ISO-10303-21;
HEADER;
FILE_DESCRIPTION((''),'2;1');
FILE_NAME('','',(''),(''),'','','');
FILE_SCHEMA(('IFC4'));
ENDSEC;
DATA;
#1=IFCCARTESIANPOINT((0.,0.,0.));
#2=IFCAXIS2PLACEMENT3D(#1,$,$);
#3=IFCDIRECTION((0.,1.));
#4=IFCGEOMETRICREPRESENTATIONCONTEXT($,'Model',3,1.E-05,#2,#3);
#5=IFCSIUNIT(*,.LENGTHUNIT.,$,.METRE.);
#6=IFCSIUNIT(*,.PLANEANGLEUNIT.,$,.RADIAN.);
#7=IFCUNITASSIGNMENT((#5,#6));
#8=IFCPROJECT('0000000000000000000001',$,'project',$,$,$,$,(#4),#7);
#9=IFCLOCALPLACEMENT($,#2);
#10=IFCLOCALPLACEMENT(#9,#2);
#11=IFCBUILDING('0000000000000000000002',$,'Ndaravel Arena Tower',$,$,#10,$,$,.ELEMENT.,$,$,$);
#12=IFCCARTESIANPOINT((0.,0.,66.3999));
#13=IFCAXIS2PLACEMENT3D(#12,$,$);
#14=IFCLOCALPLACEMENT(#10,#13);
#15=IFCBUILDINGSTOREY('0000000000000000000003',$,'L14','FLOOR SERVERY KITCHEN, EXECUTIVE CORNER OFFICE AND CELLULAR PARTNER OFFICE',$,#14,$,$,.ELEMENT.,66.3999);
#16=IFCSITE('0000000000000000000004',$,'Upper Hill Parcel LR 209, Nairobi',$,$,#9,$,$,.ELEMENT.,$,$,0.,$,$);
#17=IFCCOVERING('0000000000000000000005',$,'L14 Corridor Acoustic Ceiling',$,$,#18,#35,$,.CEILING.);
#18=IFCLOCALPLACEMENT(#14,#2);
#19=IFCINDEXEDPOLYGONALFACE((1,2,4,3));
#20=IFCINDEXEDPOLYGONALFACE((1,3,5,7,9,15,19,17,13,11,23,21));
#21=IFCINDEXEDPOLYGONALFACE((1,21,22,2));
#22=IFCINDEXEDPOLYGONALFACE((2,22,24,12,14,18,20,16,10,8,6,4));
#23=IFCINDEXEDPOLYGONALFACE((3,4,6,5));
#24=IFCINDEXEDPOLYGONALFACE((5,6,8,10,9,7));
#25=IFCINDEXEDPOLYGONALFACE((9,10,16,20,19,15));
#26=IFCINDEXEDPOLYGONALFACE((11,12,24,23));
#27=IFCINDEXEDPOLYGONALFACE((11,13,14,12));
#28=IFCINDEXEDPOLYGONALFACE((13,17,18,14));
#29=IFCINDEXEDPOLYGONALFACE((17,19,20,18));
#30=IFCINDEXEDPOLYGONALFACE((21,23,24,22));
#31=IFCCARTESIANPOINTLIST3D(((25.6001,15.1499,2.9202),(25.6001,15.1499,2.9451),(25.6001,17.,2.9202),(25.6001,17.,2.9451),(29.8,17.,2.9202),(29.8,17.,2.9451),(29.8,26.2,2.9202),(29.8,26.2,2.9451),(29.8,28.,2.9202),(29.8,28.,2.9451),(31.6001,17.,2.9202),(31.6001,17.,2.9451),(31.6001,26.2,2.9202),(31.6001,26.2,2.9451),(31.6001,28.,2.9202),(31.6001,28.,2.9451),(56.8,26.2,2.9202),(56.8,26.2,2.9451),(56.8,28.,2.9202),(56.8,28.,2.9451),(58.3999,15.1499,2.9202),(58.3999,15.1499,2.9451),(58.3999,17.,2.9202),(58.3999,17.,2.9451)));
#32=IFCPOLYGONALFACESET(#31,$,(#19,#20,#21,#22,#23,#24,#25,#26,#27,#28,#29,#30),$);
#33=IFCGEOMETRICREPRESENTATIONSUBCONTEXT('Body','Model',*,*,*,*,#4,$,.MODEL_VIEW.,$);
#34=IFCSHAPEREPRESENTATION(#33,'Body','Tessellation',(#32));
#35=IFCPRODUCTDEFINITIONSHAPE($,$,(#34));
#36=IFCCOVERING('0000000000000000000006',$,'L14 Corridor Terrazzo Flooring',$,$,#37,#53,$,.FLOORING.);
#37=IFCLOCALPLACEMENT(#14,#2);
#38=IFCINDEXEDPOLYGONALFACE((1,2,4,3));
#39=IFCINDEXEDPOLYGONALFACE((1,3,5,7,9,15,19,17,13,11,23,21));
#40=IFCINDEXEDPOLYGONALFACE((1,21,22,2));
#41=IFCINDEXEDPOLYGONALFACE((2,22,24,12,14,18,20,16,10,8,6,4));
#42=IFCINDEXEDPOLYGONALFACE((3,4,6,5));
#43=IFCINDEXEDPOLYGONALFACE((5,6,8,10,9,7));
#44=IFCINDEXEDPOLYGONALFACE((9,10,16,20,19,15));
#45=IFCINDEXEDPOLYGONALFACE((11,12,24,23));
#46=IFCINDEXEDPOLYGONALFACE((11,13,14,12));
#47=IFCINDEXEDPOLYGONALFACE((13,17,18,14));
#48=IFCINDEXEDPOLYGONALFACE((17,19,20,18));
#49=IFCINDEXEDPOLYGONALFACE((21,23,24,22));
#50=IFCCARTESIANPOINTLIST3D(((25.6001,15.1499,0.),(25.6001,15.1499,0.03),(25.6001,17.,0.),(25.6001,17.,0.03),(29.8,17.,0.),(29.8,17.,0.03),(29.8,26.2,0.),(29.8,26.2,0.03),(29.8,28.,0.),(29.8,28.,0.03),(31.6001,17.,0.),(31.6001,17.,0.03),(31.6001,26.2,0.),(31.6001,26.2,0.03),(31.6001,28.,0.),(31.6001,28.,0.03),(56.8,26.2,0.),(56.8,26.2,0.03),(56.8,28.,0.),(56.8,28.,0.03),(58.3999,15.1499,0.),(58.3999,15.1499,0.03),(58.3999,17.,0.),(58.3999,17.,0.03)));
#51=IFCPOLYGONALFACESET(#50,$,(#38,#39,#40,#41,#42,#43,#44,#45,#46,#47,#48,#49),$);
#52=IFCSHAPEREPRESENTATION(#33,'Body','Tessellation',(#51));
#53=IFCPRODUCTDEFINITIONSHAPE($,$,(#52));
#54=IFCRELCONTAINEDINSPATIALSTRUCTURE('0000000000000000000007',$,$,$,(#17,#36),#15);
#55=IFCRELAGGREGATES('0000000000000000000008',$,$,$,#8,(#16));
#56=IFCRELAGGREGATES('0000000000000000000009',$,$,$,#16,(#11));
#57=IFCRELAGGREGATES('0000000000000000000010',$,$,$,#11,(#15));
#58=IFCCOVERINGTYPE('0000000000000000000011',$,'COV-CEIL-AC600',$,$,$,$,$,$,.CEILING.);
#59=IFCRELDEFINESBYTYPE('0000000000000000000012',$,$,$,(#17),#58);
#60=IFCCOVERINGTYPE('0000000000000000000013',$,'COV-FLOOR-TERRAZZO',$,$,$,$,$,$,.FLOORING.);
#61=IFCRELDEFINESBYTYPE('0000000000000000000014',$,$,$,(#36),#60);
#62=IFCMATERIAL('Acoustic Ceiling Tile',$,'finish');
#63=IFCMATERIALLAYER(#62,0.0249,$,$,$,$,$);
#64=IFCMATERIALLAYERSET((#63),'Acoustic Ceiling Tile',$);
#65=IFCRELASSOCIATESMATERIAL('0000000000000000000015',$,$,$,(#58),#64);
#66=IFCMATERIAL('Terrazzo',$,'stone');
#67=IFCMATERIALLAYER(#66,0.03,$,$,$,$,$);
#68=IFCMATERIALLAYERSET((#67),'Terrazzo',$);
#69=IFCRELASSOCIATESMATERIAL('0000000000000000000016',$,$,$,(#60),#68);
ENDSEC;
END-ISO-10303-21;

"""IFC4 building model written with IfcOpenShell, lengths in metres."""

from ifc_helpers import new_model, si_unit, direction, frame, origin, place, context, subcontext, project, spatial, polyline, outline, extrude, material, layer, layer_set, type_object, element, save


model = new_model("IFC4")

# Units and contexts
model_context = context("Model", 3, precision=1e-05, world=origin(), true_north=direction((0.0, 1.0)))
body_context = subcontext(model_context, "Body", "Model", "MODEL_VIEW")
ifc_project = project(units=[si_unit("LENGTHUNIT", "METRE"), si_unit("PLANEANGLEUNIT", "RADIAN")], contexts=[model_context])

# Site, building, storey
site_placement = place(None, origin())
site = spatial("IfcSite", under=ifc_project, at=site_placement, Name="Upper Hill Parcel LR 209, Nairobi", CompositionType="ELEMENT", RefElevation=0.0)
building_placement = place(site_placement, origin())
building = spatial("IfcBuilding", under=site, at=building_placement, Name="Ndaravel Arena Tower", CompositionType="ELEMENT")
storey_placement = place(building_placement, frame((0.0, 0.0, 66.3999)))
storey = spatial("IfcBuildingStorey", under=building, at=storey_placement, Name="L14", Description="FLOOR SERVERY KITCHEN, EXECUTIVE CORNER OFFICE AND CELLULAR PARTNER OFFICE", CompositionType="ELEMENT", Elevation=66.3999)

# Coverings
ifc_material_1 = material(Name="Acoustic Ceiling Tile", Category="finish")
ifc_layer_1 = layer(ifc_material_1, 0.0249)
ifc_layer_set_1 = layer_set([ifc_layer_1], Name="Acoustic Ceiling Tile")
covering_type_1 = type_object("IfcCoveringType", Name="COV-CEIL-AC600", PredefinedType="CEILING", material=ifc_layer_set_1)
covering_1_placement = place(storey_placement, frame((0.0, 0.0, 2.9202)))
element("IfcCovering", 1, at=covering_1_placement, inside=storey, type_object=covering_type_1, Name="L14 Corridor Acoustic Ceiling", PredefinedType="CEILING", context=body_context, shape_type="SweptSolid", body=[
    extrude(outline(polyline([(58.3999, 17.0), (31.6001, 17.0), (31.6001, 26.2), (56.8, 26.2), (56.8, 28.0), (31.6001, 28.0), (29.8, 28.0), (29.8, 26.2), (29.8, 17.0), (25.6001, 17.0), (25.6001, 15.1499), (58.3999, 15.1499), (58.3999, 17.0)])), origin(), (0.0, 0.0, 1.0), 0.0249),
])
ifc_material_2 = material(Name="Terrazzo", Category="stone")
ifc_layer_2 = layer(ifc_material_2, 0.03)
ifc_layer_set_2 = layer_set([ifc_layer_2], Name="Terrazzo")
covering_type_2 = type_object("IfcCoveringType", Name="COV-FLOOR-TERRAZZO", PredefinedType="FLOORING", material=ifc_layer_set_2)
covering_2_placement = place(storey_placement, origin())
element("IfcCovering", 2, at=covering_2_placement, inside=storey, type_object=covering_type_2, Name="L14 Corridor Terrazzo Flooring", PredefinedType="FLOORING", context=body_context, shape_type="SweptSolid", body=[
    extrude(outline(polyline([(58.3999, 17.0), (31.6001, 17.0), (31.6001, 26.2), (56.8, 26.2), (56.8, 28.0), (31.6001, 28.0), (29.8, 28.0), (29.8, 26.2), (29.8, 17.0), (25.6001, 17.0), (25.6001, 15.1499), (58.3999, 15.1499), (58.3999, 17.0)])), origin(), (0.0, 0.0, 1.0), 0.03),
])

save(model, "model.ifc")
